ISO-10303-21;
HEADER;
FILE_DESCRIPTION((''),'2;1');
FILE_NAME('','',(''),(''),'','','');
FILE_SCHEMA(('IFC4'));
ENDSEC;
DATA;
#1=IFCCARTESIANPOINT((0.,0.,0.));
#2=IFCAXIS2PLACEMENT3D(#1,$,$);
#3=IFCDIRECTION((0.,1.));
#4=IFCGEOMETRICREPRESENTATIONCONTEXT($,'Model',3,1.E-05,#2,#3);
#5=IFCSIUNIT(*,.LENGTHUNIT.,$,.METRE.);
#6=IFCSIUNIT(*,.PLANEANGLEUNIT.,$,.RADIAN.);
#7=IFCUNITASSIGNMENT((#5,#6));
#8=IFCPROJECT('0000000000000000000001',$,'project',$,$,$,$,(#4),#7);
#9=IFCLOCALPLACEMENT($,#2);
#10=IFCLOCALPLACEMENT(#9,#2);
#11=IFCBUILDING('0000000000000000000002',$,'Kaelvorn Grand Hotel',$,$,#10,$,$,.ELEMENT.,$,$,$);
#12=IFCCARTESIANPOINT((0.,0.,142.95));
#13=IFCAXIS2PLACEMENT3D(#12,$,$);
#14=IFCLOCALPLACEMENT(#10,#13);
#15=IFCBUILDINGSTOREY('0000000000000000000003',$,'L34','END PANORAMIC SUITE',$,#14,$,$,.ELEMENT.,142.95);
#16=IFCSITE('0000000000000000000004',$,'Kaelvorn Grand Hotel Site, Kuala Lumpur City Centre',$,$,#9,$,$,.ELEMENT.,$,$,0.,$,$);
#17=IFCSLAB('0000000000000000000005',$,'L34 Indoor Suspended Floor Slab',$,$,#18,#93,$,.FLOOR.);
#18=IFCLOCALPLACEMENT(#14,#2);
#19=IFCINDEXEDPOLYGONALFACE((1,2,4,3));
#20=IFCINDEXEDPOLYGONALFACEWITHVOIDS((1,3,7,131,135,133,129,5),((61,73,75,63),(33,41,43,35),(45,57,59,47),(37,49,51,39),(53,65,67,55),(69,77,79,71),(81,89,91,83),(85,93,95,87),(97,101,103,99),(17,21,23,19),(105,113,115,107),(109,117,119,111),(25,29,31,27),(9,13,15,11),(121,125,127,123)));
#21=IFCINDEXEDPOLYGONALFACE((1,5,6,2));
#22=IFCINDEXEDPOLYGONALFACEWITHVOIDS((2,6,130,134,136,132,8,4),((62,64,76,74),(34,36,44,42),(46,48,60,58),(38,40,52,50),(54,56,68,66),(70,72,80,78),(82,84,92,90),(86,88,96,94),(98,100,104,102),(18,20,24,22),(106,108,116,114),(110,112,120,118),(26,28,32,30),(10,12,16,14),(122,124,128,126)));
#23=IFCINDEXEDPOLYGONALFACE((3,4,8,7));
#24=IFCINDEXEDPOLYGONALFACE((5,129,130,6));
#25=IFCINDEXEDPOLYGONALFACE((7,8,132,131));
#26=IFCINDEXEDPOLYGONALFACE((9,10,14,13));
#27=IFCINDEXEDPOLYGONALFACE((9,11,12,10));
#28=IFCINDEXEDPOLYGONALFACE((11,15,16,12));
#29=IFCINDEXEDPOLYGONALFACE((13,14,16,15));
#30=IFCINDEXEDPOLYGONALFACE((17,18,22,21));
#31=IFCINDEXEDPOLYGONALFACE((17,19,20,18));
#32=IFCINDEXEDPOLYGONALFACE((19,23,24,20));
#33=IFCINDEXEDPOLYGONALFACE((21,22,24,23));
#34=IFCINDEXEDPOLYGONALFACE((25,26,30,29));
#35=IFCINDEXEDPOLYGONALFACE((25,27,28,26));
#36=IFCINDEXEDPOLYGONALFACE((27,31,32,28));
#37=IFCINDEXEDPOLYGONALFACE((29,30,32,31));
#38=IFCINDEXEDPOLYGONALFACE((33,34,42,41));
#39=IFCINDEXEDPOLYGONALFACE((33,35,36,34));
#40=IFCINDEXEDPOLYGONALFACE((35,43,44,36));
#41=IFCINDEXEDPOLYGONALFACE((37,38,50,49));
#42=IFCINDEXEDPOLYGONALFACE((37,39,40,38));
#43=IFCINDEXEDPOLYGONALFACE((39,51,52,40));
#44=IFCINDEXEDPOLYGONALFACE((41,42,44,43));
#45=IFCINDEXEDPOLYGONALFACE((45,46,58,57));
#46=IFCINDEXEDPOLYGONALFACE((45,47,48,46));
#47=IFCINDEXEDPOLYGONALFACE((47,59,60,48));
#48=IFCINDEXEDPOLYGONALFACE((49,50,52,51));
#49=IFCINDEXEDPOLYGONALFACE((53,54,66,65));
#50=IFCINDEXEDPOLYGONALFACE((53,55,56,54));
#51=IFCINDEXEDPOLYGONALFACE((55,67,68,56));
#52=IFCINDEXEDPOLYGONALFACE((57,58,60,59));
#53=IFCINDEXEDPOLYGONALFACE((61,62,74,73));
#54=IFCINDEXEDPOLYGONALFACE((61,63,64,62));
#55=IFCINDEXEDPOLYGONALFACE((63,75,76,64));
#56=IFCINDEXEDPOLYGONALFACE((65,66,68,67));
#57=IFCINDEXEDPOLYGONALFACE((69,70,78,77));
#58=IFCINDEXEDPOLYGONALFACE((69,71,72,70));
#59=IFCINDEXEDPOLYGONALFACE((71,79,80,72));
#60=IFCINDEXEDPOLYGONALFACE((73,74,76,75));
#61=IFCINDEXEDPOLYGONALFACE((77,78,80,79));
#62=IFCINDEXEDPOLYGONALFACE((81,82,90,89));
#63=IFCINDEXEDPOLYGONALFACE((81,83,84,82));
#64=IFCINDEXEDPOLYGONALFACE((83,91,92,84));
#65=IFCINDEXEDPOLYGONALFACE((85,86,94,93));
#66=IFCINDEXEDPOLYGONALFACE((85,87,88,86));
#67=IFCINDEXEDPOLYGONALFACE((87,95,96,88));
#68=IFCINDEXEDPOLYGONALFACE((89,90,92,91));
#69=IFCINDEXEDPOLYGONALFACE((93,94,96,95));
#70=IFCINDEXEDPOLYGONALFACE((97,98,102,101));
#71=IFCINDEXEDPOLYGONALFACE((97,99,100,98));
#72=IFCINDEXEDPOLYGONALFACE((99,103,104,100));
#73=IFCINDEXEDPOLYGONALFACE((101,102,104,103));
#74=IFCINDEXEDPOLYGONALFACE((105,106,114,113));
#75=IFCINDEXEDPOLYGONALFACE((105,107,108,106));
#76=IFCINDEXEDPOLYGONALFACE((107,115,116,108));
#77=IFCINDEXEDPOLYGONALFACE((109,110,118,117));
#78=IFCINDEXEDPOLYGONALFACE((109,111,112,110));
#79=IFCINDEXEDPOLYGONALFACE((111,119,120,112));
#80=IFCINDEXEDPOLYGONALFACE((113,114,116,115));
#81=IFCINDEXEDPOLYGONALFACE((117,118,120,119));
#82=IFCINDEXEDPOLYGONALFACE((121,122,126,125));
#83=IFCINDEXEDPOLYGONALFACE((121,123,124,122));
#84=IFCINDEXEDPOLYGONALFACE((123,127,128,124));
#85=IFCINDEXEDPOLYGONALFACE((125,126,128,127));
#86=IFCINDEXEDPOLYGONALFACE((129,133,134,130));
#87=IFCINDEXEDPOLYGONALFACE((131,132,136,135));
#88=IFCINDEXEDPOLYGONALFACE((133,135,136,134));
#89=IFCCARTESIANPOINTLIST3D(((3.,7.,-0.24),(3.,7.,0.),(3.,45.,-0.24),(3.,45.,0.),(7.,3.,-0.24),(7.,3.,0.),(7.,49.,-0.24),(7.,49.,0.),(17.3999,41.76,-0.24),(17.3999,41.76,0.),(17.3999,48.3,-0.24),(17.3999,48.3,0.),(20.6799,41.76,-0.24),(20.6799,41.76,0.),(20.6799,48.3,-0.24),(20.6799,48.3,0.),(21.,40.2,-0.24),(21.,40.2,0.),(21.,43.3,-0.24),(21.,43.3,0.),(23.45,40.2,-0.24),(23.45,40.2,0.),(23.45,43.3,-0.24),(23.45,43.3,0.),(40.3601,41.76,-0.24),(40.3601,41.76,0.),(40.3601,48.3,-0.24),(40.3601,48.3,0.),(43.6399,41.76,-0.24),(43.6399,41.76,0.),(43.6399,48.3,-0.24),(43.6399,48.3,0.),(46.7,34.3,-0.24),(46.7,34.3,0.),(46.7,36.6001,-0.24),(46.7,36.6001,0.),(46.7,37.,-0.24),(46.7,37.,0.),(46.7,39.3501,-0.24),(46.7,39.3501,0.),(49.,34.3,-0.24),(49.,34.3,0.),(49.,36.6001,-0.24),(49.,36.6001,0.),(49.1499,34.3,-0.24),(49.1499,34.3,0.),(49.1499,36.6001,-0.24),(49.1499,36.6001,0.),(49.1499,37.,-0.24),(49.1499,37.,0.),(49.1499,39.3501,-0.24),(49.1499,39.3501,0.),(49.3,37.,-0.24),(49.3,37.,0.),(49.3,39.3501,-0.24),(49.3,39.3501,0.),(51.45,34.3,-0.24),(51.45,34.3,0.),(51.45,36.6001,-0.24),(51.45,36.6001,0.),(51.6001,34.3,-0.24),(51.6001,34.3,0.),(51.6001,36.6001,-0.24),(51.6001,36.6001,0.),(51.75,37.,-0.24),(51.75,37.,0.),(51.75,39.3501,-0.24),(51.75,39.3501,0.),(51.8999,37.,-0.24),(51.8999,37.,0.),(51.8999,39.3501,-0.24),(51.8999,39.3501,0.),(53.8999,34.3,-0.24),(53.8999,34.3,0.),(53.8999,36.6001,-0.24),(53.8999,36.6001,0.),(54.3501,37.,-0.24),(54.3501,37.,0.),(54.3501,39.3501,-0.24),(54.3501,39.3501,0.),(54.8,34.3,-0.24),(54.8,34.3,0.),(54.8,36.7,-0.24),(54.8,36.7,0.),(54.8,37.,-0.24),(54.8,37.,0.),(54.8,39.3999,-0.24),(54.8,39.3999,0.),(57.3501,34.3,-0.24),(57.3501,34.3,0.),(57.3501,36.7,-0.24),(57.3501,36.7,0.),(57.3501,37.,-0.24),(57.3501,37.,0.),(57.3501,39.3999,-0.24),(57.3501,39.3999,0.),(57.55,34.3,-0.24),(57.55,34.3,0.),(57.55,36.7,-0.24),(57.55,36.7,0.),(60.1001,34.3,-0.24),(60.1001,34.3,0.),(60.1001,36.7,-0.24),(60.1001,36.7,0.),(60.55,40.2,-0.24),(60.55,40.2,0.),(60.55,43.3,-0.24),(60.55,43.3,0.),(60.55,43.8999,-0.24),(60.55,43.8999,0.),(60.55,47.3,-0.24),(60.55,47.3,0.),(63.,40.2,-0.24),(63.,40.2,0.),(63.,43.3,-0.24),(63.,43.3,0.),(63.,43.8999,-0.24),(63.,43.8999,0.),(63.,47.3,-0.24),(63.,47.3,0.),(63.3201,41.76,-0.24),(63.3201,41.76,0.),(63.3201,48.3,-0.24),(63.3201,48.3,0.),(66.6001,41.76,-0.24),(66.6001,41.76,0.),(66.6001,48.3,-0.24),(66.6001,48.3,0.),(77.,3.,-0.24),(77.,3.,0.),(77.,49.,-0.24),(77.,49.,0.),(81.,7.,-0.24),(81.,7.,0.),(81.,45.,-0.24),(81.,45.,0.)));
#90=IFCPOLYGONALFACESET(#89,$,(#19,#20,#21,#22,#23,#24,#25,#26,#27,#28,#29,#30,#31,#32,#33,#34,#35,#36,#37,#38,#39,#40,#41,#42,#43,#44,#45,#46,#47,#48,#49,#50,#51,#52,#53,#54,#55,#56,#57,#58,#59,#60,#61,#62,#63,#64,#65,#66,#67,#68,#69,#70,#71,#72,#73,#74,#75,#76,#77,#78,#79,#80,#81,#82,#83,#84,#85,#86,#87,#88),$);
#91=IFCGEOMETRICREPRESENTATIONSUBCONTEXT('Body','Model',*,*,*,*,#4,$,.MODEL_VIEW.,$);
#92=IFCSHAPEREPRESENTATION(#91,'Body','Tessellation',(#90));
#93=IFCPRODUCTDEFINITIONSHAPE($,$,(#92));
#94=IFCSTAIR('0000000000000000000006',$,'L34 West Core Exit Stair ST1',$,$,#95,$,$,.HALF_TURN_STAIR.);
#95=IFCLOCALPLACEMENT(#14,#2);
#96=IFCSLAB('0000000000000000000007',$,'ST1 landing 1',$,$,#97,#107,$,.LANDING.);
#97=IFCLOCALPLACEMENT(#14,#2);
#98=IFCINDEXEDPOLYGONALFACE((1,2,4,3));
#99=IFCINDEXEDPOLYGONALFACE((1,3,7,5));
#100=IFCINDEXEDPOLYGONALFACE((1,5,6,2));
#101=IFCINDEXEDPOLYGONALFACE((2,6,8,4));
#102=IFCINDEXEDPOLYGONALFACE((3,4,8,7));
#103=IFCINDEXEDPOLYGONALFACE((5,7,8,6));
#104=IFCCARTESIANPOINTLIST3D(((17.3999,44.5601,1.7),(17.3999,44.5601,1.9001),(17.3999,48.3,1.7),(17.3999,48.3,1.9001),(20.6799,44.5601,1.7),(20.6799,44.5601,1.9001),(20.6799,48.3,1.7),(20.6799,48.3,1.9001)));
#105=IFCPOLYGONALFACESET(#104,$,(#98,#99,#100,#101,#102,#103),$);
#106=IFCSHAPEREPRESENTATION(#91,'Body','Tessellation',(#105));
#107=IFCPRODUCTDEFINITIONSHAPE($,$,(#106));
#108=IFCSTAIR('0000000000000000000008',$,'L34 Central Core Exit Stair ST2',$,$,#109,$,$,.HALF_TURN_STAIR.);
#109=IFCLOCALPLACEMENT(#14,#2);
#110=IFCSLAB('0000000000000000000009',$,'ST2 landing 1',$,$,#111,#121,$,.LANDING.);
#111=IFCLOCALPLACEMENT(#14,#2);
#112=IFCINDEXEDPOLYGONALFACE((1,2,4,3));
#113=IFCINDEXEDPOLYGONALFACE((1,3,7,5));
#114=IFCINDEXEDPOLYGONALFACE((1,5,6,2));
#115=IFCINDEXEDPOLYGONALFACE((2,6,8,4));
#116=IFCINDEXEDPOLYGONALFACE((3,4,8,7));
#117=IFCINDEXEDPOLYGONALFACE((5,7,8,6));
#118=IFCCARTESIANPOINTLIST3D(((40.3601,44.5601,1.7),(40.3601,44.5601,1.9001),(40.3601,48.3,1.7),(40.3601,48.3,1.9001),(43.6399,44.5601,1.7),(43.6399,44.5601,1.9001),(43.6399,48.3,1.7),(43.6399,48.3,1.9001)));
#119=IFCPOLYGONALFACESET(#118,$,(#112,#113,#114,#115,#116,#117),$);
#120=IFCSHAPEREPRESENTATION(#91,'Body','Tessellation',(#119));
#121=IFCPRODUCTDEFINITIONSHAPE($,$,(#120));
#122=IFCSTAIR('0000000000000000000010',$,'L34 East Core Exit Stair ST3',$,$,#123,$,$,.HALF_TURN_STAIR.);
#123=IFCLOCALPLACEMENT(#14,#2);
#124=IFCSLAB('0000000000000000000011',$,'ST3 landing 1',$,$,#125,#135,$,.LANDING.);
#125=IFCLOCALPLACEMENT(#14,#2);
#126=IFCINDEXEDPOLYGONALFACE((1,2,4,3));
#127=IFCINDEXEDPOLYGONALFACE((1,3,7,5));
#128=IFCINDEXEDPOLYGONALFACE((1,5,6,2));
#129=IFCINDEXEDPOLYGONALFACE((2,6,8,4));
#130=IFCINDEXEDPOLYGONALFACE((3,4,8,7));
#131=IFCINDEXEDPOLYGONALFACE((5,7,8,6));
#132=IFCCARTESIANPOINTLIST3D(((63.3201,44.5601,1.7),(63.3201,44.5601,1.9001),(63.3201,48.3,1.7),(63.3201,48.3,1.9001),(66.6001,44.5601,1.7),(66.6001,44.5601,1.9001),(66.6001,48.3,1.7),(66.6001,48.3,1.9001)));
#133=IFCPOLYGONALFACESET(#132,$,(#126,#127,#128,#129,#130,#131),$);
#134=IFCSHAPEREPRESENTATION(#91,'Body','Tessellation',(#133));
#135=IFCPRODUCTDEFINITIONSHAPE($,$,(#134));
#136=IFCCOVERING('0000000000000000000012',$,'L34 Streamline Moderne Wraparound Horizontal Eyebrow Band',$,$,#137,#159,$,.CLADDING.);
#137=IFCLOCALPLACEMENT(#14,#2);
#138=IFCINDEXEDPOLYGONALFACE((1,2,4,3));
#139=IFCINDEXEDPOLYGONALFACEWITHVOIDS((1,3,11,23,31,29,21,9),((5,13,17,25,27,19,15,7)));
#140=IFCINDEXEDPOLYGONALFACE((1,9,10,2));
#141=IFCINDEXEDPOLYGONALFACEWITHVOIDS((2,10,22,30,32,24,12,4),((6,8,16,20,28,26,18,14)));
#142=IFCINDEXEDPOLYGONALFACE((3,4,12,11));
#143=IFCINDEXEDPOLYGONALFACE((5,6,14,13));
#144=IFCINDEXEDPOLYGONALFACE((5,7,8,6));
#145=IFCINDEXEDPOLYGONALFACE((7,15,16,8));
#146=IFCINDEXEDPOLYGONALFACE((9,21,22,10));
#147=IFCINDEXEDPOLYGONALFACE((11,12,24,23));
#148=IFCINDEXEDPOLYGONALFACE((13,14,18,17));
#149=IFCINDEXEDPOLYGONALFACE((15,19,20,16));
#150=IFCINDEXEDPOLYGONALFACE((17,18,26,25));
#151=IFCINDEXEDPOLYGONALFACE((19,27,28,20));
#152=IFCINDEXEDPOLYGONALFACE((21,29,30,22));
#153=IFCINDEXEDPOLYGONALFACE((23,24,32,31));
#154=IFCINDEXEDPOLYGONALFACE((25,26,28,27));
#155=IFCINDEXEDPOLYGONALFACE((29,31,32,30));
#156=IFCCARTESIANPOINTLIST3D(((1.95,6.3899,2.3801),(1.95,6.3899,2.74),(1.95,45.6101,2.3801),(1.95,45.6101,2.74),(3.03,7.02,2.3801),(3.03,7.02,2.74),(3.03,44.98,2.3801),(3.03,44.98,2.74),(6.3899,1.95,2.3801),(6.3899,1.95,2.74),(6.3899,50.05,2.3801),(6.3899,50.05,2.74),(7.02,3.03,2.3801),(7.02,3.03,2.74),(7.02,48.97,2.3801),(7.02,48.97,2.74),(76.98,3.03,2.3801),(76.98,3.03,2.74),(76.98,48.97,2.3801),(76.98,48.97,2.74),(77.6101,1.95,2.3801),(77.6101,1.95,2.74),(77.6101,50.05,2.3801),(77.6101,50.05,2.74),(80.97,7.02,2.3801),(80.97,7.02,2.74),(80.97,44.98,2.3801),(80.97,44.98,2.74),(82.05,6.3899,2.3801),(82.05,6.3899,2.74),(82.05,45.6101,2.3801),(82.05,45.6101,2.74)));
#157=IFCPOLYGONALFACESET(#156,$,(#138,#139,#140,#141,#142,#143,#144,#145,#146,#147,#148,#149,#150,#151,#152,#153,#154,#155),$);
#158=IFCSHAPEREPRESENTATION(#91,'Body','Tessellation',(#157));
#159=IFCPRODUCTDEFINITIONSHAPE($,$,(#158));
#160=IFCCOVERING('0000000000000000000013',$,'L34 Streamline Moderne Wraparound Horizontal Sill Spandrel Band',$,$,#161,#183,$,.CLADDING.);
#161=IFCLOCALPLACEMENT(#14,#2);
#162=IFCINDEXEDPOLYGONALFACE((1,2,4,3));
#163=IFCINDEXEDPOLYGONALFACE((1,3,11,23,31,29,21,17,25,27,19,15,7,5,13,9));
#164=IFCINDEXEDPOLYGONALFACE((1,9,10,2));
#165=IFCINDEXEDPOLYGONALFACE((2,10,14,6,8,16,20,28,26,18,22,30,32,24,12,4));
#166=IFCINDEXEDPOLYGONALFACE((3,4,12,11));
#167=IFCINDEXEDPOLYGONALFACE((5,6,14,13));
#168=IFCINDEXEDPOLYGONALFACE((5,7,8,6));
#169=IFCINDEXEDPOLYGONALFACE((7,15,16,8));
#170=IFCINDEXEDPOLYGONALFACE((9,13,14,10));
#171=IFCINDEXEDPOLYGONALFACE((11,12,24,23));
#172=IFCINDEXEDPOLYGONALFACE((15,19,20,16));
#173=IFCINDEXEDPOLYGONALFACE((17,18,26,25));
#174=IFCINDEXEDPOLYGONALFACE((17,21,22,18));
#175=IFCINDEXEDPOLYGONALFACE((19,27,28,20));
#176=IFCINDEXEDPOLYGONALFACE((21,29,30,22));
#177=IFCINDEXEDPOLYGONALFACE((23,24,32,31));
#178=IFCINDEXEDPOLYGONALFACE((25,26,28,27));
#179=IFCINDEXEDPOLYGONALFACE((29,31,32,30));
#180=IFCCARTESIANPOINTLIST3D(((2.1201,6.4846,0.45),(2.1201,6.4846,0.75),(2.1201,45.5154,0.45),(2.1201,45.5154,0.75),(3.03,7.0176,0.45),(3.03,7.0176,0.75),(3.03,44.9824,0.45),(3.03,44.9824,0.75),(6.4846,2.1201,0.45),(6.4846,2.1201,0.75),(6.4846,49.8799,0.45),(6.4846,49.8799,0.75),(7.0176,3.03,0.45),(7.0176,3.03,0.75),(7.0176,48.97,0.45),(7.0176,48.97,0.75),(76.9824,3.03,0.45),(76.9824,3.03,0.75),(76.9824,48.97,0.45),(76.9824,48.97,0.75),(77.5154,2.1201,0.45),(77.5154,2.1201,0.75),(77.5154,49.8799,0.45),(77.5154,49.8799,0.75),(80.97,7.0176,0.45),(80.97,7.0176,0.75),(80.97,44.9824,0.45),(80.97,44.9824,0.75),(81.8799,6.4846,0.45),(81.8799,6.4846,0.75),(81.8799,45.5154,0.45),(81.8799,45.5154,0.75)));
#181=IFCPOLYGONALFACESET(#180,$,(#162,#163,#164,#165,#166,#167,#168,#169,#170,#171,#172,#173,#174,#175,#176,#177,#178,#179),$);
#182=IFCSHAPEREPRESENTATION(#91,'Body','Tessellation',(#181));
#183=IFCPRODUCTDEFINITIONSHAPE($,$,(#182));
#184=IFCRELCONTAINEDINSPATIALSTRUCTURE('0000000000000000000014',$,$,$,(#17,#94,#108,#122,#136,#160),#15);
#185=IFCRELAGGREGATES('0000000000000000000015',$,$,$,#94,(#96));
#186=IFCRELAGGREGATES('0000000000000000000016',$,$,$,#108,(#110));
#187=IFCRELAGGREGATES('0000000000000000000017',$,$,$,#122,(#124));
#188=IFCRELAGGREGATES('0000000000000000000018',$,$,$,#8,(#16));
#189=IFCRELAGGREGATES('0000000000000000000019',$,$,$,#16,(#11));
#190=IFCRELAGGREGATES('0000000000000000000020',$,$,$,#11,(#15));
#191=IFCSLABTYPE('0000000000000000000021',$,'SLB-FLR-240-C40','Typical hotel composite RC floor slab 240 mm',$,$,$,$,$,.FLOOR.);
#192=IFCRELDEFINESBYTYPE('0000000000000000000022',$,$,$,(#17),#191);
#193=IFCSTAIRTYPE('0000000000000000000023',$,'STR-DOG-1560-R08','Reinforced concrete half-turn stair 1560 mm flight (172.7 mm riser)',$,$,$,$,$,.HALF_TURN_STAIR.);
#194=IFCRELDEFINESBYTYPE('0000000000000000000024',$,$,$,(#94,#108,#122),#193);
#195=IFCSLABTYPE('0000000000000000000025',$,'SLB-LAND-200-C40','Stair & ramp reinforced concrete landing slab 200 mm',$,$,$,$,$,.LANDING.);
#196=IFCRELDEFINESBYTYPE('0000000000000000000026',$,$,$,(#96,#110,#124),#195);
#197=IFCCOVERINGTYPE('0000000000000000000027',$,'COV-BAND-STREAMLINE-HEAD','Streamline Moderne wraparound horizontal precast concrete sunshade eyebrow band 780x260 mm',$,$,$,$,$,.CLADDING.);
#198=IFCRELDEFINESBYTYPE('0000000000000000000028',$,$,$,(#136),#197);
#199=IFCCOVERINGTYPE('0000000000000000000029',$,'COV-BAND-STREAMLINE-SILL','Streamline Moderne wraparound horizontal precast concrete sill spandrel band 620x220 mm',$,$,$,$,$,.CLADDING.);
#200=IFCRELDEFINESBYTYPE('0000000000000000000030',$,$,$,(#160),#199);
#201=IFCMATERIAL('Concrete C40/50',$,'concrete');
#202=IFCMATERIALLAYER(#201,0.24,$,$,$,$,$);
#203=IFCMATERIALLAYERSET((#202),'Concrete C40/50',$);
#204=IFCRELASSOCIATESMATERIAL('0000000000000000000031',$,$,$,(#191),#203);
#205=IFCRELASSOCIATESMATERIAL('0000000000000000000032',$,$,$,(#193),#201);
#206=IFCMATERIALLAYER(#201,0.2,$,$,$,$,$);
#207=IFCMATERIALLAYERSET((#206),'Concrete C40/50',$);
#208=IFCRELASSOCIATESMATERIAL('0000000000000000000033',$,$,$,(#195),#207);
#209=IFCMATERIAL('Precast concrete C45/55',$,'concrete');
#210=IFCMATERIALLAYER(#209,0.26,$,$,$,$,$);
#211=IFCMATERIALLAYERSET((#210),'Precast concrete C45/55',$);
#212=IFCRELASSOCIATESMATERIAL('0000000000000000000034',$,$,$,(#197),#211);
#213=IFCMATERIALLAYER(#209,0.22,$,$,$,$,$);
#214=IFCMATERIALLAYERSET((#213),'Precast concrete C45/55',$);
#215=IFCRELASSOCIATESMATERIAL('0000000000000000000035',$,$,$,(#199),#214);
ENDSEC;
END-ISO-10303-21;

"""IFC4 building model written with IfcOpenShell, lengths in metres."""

from ifc_helpers import new_model, si_unit, direction, frame, origin, place, context, subcontext, project, spatial, polyline, outline, extrude, material, layer, layer_set, type_object, element, aggregate, save


model = new_model("IFC4")

# Units and contexts
model_context = context("Model", 3, precision=1e-05, world=origin(), true_north=direction((0.0, 1.0)))
body_context = subcontext(model_context, "Body", "Model", "MODEL_VIEW")
ifc_project = project(units=[si_unit("LENGTHUNIT", "METRE"), si_unit("PLANEANGLEUNIT", "RADIAN")], contexts=[model_context])

# Site, building, storey
site_placement = place(None, origin())
site = spatial("IfcSite", under=ifc_project, at=site_placement, Name="Kaelvorn Grand Hotel Site, Kuala Lumpur City Centre", CompositionType="ELEMENT", RefElevation=0.0)
building_placement = place(site_placement, origin())
building = spatial("IfcBuilding", under=site, at=building_placement, Name="Kaelvorn Grand Hotel", CompositionType="ELEMENT")
storey_placement = place(building_placement, frame((0.0, 0.0, 142.95)))
storey = spatial("IfcBuildingStorey", under=building, at=storey_placement, Name="L34", Description="END PANORAMIC SUITE", CompositionType="ELEMENT", Elevation=142.95)

# Slab
ifc_material_1 = material(Name="Concrete C40/50", Category="concrete")
ifc_layer_1 = layer(ifc_material_1, 0.24)
ifc_layer_set_1 = layer_set([ifc_layer_1], Name="Concrete C40/50")
slab_type_1 = type_object("IfcSlabType", Name="SLB-FLR-240-C40", Description="Typical hotel composite RC floor slab 240 mm", PredefinedType="FLOOR", material=ifc_layer_set_1)
slab_1_placement = place(storey_placement, frame((0.0, 0.0, -0.24)))
element("IfcSlab", 1, at=slab_1_placement, inside=storey, type_object=slab_type_1, Name="L34 Indoor Suspended Floor Slab", PredefinedType="FLOOR", context=body_context, shape_type="SweptSolid", body=[
    extrude(outline(polyline([(7.0, 3.0), (77.0, 3.0), (81.0, 7.0), (81.0, 45.0), (77.0, 49.0), (7.0, 49.0), (3.0, 45.0), (3.0, 7.0), (7.0, 3.0)]), holes=[polyline([(17.3999, 41.76), (17.3999, 48.3), (20.6799, 48.3), (20.6799, 41.76), (17.3999, 41.76)]), polyline([(40.3601, 41.76), (40.3601, 48.3), (43.6399, 48.3), (43.6399, 41.76), (40.3601, 41.76)]), polyline([(63.3201, 41.76), (63.3201, 48.3), (66.6001, 48.3), (66.6001, 41.76), (63.3201, 41.76)]), polyline([(46.7, 34.3), (46.7, 36.6001), (49.0, 36.6001), (49.0, 34.3), (46.7, 34.3)]), polyline([(49.1499, 34.3), (49.1499, 36.6001), (51.45, 36.6001), (51.45, 34.3), (49.1499, 34.3)]), polyline([(51.6001, 34.3), (51.6001, 36.6001), (53.8999, 36.6001), (53.8999, 34.3), (51.6001, 34.3)]), polyline([(46.7, 37.0), (46.7, 39.3501), (49.1499, 39.3501), (49.1499, 37.0), (46.7, 37.0)]), polyline([(49.3, 37.0), (49.3, 39.3501), (51.75, 39.3501), (51.75, 37.0), (49.3, 37.0)]), polyline([(51.8999, 37.0), (51.8999, 39.3501), (54.3501, 39.3501), (54.3501, 37.0), (51.8999, 37.0)]), polyline([(54.8, 34.3), (54.8, 36.7), (57.3501, 36.7), (57.3501, 34.3), (54.8, 34.3)]), polyline([(57.55, 34.3), (57.55, 36.7), (60.1001, 36.7), (60.1001, 34.3), (57.55, 34.3)]), polyline([(54.8, 37.0), (54.8, 39.3999), (57.3501, 39.3999), (57.3501, 37.0), (54.8, 37.0)]), polyline([(21.0, 40.2), (21.0, 43.3), (23.45, 43.3), (23.45, 40.2), (21.0, 40.2)]), polyline([(60.55, 40.2), (60.55, 43.3), (63.0, 43.3), (63.0, 40.2), (60.55, 40.2)]), polyline([(60.55, 43.8999), (60.55, 47.3), (63.0, 47.3), (63.0, 43.8999), (60.55, 43.8999)])]), origin(), (0.0, 0.0, 1.0), 0.24),
])

# Stairs, slabs
stair_type = type_object("IfcStairType", Name="STR-DOG-1560-R08", Description="Reinforced concrete half-turn stair 1560 mm flight (172.7 mm riser)", PredefinedType="HALF_TURN_STAIR", material=ifc_material_1)
stair_1_placement = place(storey_placement, origin())
stair_1 = element("IfcStair", 2, at=stair_1_placement, inside=storey, type_object=stair_type, Name="L34 West Core Exit Stair ST1", PredefinedType="HALF_TURN_STAIR")
ifc_layer_2 = layer(ifc_material_1, 0.2)
ifc_layer_set_2 = layer_set([ifc_layer_2], Name="Concrete C40/50")
slab_type_2 = type_object("IfcSlabType", Name="SLB-LAND-200-C40", Description="Stair & ramp reinforced concrete landing slab 200 mm", PredefinedType="LANDING", material=ifc_layer_set_2)
slab_2_placement = place(storey_placement, frame((0.0, 0.0, 1.7)))
slab_2 = element("IfcSlab", 3, at=slab_2_placement, type_object=slab_type_2, Name="ST1 landing 1", PredefinedType="LANDING", context=body_context, shape_type="SweptSolid", body=[
    extrude(outline(polyline([(20.6799, 44.5601), (20.6799, 48.3), (17.3999, 48.3), (17.3999, 44.5601), (20.6799, 44.5601)])), origin(), (0.0, 0.0, 1.0), 0.2002),
])
aggregate(stair_1, [slab_2])
stair_2_placement = place(storey_placement, origin())
stair_2 = element("IfcStair", 4, at=stair_2_placement, inside=storey, type_object=stair_type, Name="L34 Central Core Exit Stair ST2", PredefinedType="HALF_TURN_STAIR")
slab_3_placement = place(storey_placement, frame((0.0, 0.0, 1.7)))
slab_3 = element("IfcSlab", 5, at=slab_3_placement, type_object=slab_type_2, Name="ST2 landing 1", PredefinedType="LANDING", context=body_context, shape_type="SweptSolid", body=[
    extrude(outline(polyline([(43.6399, 44.5601), (43.6399, 48.3), (40.3601, 48.3), (40.3601, 44.5601), (43.6399, 44.5601)])), origin(), (0.0, 0.0, 1.0), 0.2002),
])
aggregate(stair_2, [slab_3])
stair_3_placement = place(storey_placement, origin())
stair_3 = element("IfcStair", 6, at=stair_3_placement, inside=storey, type_object=stair_type, Name="L34 East Core Exit Stair ST3", PredefinedType="HALF_TURN_STAIR")
slab_4_placement = place(storey_placement, frame((0.0, 0.0, 1.7)))
slab_4 = element("IfcSlab", 7, at=slab_4_placement, type_object=slab_type_2, Name="ST3 landing 1", PredefinedType="LANDING", context=body_context, shape_type="SweptSolid", body=[
    extrude(outline(polyline([(66.6001, 44.5601), (66.6001, 48.3), (63.3201, 48.3), (63.3201, 44.5601), (66.6001, 44.5601)])), origin(), (0.0, 0.0, 1.0), 0.2002),
])
aggregate(stair_3, [slab_4])

# Coverings
ifc_material_2 = material(Name="Precast concrete C45/55", Category="concrete")
ifc_layer_3 = layer(ifc_material_2, 0.26)
ifc_layer_set_3 = layer_set([ifc_layer_3], Name="Precast concrete C45/55")
covering_type_1 = type_object("IfcCoveringType", Name="COV-BAND-STREAMLINE-HEAD", Description="Streamline Moderne wraparound horizontal precast concrete sunshade eyebrow band 780x260 mm", PredefinedType="CLADDING", material=ifc_layer_set_3)
covering_1_placement = place(storey_placement, frame((0.0, 0.0, 2.3801)))
element("IfcCovering", 8, at=covering_1_placement, inside=storey, type_object=covering_type_1, Name="L34 Streamline Moderne Wraparound Horizontal Eyebrow Band", PredefinedType="CLADDING", context=body_context, shape_type="SweptSolid", body=[
    extrude(outline(polyline([(6.3899, 1.95), (77.6101, 1.95), (82.05, 6.3899), (82.05, 45.6101), (77.6101, 50.05), (6.3899, 50.05), (1.95, 45.6101), (1.95, 6.3899), (6.3899, 1.95)]), holes=[polyline([(7.02, 3.03), (76.98, 3.03), (80.97, 7.02), (80.97, 44.98), (76.98, 48.97), (7.02, 48.97), (3.03, 44.98), (3.03, 7.02), (7.02, 3.03)])]), origin(), (0.0, 0.0, 1.0), 0.3599),
])
ifc_layer_4 = layer(ifc_material_2, 0.22)
ifc_layer_set_4 = layer_set([ifc_layer_4], Name="Precast concrete C45/55")
covering_type_2 = type_object("IfcCoveringType", Name="COV-BAND-STREAMLINE-SILL", Description="Streamline Moderne wraparound horizontal precast concrete sill spandrel band 620x220 mm", PredefinedType="CLADDING", material=ifc_layer_set_4)
covering_2_placement = place(storey_placement, frame((0.0, 0.0, 0.45)))
element("IfcCovering", 9, at=covering_2_placement, inside=storey, type_object=covering_type_2, Name="L34 Streamline Moderne Wraparound Horizontal Sill Spandrel Band", PredefinedType="CLADDING", context=body_context, shape_type="SweptSolid", body=[
    extrude(outline(polyline([(77.5154, 2.1201), (81.8799, 6.4846), (81.8799, 45.5154), (77.5154, 49.8799), (6.4846, 49.8799), (2.1201, 45.5154), (2.1201, 6.4846), (6.4846, 2.1201), (7.0176, 3.03), (3.03, 7.0176), (3.03, 44.9824), (7.0176, 48.97), (76.9824, 48.97), (80.97, 44.9824), (80.97, 7.0176), (76.9824, 3.03), (77.5154, 2.1201)])), origin(), (0.0, 0.0, 1.0), 0.3),
])

save(model, "model.ifc")
